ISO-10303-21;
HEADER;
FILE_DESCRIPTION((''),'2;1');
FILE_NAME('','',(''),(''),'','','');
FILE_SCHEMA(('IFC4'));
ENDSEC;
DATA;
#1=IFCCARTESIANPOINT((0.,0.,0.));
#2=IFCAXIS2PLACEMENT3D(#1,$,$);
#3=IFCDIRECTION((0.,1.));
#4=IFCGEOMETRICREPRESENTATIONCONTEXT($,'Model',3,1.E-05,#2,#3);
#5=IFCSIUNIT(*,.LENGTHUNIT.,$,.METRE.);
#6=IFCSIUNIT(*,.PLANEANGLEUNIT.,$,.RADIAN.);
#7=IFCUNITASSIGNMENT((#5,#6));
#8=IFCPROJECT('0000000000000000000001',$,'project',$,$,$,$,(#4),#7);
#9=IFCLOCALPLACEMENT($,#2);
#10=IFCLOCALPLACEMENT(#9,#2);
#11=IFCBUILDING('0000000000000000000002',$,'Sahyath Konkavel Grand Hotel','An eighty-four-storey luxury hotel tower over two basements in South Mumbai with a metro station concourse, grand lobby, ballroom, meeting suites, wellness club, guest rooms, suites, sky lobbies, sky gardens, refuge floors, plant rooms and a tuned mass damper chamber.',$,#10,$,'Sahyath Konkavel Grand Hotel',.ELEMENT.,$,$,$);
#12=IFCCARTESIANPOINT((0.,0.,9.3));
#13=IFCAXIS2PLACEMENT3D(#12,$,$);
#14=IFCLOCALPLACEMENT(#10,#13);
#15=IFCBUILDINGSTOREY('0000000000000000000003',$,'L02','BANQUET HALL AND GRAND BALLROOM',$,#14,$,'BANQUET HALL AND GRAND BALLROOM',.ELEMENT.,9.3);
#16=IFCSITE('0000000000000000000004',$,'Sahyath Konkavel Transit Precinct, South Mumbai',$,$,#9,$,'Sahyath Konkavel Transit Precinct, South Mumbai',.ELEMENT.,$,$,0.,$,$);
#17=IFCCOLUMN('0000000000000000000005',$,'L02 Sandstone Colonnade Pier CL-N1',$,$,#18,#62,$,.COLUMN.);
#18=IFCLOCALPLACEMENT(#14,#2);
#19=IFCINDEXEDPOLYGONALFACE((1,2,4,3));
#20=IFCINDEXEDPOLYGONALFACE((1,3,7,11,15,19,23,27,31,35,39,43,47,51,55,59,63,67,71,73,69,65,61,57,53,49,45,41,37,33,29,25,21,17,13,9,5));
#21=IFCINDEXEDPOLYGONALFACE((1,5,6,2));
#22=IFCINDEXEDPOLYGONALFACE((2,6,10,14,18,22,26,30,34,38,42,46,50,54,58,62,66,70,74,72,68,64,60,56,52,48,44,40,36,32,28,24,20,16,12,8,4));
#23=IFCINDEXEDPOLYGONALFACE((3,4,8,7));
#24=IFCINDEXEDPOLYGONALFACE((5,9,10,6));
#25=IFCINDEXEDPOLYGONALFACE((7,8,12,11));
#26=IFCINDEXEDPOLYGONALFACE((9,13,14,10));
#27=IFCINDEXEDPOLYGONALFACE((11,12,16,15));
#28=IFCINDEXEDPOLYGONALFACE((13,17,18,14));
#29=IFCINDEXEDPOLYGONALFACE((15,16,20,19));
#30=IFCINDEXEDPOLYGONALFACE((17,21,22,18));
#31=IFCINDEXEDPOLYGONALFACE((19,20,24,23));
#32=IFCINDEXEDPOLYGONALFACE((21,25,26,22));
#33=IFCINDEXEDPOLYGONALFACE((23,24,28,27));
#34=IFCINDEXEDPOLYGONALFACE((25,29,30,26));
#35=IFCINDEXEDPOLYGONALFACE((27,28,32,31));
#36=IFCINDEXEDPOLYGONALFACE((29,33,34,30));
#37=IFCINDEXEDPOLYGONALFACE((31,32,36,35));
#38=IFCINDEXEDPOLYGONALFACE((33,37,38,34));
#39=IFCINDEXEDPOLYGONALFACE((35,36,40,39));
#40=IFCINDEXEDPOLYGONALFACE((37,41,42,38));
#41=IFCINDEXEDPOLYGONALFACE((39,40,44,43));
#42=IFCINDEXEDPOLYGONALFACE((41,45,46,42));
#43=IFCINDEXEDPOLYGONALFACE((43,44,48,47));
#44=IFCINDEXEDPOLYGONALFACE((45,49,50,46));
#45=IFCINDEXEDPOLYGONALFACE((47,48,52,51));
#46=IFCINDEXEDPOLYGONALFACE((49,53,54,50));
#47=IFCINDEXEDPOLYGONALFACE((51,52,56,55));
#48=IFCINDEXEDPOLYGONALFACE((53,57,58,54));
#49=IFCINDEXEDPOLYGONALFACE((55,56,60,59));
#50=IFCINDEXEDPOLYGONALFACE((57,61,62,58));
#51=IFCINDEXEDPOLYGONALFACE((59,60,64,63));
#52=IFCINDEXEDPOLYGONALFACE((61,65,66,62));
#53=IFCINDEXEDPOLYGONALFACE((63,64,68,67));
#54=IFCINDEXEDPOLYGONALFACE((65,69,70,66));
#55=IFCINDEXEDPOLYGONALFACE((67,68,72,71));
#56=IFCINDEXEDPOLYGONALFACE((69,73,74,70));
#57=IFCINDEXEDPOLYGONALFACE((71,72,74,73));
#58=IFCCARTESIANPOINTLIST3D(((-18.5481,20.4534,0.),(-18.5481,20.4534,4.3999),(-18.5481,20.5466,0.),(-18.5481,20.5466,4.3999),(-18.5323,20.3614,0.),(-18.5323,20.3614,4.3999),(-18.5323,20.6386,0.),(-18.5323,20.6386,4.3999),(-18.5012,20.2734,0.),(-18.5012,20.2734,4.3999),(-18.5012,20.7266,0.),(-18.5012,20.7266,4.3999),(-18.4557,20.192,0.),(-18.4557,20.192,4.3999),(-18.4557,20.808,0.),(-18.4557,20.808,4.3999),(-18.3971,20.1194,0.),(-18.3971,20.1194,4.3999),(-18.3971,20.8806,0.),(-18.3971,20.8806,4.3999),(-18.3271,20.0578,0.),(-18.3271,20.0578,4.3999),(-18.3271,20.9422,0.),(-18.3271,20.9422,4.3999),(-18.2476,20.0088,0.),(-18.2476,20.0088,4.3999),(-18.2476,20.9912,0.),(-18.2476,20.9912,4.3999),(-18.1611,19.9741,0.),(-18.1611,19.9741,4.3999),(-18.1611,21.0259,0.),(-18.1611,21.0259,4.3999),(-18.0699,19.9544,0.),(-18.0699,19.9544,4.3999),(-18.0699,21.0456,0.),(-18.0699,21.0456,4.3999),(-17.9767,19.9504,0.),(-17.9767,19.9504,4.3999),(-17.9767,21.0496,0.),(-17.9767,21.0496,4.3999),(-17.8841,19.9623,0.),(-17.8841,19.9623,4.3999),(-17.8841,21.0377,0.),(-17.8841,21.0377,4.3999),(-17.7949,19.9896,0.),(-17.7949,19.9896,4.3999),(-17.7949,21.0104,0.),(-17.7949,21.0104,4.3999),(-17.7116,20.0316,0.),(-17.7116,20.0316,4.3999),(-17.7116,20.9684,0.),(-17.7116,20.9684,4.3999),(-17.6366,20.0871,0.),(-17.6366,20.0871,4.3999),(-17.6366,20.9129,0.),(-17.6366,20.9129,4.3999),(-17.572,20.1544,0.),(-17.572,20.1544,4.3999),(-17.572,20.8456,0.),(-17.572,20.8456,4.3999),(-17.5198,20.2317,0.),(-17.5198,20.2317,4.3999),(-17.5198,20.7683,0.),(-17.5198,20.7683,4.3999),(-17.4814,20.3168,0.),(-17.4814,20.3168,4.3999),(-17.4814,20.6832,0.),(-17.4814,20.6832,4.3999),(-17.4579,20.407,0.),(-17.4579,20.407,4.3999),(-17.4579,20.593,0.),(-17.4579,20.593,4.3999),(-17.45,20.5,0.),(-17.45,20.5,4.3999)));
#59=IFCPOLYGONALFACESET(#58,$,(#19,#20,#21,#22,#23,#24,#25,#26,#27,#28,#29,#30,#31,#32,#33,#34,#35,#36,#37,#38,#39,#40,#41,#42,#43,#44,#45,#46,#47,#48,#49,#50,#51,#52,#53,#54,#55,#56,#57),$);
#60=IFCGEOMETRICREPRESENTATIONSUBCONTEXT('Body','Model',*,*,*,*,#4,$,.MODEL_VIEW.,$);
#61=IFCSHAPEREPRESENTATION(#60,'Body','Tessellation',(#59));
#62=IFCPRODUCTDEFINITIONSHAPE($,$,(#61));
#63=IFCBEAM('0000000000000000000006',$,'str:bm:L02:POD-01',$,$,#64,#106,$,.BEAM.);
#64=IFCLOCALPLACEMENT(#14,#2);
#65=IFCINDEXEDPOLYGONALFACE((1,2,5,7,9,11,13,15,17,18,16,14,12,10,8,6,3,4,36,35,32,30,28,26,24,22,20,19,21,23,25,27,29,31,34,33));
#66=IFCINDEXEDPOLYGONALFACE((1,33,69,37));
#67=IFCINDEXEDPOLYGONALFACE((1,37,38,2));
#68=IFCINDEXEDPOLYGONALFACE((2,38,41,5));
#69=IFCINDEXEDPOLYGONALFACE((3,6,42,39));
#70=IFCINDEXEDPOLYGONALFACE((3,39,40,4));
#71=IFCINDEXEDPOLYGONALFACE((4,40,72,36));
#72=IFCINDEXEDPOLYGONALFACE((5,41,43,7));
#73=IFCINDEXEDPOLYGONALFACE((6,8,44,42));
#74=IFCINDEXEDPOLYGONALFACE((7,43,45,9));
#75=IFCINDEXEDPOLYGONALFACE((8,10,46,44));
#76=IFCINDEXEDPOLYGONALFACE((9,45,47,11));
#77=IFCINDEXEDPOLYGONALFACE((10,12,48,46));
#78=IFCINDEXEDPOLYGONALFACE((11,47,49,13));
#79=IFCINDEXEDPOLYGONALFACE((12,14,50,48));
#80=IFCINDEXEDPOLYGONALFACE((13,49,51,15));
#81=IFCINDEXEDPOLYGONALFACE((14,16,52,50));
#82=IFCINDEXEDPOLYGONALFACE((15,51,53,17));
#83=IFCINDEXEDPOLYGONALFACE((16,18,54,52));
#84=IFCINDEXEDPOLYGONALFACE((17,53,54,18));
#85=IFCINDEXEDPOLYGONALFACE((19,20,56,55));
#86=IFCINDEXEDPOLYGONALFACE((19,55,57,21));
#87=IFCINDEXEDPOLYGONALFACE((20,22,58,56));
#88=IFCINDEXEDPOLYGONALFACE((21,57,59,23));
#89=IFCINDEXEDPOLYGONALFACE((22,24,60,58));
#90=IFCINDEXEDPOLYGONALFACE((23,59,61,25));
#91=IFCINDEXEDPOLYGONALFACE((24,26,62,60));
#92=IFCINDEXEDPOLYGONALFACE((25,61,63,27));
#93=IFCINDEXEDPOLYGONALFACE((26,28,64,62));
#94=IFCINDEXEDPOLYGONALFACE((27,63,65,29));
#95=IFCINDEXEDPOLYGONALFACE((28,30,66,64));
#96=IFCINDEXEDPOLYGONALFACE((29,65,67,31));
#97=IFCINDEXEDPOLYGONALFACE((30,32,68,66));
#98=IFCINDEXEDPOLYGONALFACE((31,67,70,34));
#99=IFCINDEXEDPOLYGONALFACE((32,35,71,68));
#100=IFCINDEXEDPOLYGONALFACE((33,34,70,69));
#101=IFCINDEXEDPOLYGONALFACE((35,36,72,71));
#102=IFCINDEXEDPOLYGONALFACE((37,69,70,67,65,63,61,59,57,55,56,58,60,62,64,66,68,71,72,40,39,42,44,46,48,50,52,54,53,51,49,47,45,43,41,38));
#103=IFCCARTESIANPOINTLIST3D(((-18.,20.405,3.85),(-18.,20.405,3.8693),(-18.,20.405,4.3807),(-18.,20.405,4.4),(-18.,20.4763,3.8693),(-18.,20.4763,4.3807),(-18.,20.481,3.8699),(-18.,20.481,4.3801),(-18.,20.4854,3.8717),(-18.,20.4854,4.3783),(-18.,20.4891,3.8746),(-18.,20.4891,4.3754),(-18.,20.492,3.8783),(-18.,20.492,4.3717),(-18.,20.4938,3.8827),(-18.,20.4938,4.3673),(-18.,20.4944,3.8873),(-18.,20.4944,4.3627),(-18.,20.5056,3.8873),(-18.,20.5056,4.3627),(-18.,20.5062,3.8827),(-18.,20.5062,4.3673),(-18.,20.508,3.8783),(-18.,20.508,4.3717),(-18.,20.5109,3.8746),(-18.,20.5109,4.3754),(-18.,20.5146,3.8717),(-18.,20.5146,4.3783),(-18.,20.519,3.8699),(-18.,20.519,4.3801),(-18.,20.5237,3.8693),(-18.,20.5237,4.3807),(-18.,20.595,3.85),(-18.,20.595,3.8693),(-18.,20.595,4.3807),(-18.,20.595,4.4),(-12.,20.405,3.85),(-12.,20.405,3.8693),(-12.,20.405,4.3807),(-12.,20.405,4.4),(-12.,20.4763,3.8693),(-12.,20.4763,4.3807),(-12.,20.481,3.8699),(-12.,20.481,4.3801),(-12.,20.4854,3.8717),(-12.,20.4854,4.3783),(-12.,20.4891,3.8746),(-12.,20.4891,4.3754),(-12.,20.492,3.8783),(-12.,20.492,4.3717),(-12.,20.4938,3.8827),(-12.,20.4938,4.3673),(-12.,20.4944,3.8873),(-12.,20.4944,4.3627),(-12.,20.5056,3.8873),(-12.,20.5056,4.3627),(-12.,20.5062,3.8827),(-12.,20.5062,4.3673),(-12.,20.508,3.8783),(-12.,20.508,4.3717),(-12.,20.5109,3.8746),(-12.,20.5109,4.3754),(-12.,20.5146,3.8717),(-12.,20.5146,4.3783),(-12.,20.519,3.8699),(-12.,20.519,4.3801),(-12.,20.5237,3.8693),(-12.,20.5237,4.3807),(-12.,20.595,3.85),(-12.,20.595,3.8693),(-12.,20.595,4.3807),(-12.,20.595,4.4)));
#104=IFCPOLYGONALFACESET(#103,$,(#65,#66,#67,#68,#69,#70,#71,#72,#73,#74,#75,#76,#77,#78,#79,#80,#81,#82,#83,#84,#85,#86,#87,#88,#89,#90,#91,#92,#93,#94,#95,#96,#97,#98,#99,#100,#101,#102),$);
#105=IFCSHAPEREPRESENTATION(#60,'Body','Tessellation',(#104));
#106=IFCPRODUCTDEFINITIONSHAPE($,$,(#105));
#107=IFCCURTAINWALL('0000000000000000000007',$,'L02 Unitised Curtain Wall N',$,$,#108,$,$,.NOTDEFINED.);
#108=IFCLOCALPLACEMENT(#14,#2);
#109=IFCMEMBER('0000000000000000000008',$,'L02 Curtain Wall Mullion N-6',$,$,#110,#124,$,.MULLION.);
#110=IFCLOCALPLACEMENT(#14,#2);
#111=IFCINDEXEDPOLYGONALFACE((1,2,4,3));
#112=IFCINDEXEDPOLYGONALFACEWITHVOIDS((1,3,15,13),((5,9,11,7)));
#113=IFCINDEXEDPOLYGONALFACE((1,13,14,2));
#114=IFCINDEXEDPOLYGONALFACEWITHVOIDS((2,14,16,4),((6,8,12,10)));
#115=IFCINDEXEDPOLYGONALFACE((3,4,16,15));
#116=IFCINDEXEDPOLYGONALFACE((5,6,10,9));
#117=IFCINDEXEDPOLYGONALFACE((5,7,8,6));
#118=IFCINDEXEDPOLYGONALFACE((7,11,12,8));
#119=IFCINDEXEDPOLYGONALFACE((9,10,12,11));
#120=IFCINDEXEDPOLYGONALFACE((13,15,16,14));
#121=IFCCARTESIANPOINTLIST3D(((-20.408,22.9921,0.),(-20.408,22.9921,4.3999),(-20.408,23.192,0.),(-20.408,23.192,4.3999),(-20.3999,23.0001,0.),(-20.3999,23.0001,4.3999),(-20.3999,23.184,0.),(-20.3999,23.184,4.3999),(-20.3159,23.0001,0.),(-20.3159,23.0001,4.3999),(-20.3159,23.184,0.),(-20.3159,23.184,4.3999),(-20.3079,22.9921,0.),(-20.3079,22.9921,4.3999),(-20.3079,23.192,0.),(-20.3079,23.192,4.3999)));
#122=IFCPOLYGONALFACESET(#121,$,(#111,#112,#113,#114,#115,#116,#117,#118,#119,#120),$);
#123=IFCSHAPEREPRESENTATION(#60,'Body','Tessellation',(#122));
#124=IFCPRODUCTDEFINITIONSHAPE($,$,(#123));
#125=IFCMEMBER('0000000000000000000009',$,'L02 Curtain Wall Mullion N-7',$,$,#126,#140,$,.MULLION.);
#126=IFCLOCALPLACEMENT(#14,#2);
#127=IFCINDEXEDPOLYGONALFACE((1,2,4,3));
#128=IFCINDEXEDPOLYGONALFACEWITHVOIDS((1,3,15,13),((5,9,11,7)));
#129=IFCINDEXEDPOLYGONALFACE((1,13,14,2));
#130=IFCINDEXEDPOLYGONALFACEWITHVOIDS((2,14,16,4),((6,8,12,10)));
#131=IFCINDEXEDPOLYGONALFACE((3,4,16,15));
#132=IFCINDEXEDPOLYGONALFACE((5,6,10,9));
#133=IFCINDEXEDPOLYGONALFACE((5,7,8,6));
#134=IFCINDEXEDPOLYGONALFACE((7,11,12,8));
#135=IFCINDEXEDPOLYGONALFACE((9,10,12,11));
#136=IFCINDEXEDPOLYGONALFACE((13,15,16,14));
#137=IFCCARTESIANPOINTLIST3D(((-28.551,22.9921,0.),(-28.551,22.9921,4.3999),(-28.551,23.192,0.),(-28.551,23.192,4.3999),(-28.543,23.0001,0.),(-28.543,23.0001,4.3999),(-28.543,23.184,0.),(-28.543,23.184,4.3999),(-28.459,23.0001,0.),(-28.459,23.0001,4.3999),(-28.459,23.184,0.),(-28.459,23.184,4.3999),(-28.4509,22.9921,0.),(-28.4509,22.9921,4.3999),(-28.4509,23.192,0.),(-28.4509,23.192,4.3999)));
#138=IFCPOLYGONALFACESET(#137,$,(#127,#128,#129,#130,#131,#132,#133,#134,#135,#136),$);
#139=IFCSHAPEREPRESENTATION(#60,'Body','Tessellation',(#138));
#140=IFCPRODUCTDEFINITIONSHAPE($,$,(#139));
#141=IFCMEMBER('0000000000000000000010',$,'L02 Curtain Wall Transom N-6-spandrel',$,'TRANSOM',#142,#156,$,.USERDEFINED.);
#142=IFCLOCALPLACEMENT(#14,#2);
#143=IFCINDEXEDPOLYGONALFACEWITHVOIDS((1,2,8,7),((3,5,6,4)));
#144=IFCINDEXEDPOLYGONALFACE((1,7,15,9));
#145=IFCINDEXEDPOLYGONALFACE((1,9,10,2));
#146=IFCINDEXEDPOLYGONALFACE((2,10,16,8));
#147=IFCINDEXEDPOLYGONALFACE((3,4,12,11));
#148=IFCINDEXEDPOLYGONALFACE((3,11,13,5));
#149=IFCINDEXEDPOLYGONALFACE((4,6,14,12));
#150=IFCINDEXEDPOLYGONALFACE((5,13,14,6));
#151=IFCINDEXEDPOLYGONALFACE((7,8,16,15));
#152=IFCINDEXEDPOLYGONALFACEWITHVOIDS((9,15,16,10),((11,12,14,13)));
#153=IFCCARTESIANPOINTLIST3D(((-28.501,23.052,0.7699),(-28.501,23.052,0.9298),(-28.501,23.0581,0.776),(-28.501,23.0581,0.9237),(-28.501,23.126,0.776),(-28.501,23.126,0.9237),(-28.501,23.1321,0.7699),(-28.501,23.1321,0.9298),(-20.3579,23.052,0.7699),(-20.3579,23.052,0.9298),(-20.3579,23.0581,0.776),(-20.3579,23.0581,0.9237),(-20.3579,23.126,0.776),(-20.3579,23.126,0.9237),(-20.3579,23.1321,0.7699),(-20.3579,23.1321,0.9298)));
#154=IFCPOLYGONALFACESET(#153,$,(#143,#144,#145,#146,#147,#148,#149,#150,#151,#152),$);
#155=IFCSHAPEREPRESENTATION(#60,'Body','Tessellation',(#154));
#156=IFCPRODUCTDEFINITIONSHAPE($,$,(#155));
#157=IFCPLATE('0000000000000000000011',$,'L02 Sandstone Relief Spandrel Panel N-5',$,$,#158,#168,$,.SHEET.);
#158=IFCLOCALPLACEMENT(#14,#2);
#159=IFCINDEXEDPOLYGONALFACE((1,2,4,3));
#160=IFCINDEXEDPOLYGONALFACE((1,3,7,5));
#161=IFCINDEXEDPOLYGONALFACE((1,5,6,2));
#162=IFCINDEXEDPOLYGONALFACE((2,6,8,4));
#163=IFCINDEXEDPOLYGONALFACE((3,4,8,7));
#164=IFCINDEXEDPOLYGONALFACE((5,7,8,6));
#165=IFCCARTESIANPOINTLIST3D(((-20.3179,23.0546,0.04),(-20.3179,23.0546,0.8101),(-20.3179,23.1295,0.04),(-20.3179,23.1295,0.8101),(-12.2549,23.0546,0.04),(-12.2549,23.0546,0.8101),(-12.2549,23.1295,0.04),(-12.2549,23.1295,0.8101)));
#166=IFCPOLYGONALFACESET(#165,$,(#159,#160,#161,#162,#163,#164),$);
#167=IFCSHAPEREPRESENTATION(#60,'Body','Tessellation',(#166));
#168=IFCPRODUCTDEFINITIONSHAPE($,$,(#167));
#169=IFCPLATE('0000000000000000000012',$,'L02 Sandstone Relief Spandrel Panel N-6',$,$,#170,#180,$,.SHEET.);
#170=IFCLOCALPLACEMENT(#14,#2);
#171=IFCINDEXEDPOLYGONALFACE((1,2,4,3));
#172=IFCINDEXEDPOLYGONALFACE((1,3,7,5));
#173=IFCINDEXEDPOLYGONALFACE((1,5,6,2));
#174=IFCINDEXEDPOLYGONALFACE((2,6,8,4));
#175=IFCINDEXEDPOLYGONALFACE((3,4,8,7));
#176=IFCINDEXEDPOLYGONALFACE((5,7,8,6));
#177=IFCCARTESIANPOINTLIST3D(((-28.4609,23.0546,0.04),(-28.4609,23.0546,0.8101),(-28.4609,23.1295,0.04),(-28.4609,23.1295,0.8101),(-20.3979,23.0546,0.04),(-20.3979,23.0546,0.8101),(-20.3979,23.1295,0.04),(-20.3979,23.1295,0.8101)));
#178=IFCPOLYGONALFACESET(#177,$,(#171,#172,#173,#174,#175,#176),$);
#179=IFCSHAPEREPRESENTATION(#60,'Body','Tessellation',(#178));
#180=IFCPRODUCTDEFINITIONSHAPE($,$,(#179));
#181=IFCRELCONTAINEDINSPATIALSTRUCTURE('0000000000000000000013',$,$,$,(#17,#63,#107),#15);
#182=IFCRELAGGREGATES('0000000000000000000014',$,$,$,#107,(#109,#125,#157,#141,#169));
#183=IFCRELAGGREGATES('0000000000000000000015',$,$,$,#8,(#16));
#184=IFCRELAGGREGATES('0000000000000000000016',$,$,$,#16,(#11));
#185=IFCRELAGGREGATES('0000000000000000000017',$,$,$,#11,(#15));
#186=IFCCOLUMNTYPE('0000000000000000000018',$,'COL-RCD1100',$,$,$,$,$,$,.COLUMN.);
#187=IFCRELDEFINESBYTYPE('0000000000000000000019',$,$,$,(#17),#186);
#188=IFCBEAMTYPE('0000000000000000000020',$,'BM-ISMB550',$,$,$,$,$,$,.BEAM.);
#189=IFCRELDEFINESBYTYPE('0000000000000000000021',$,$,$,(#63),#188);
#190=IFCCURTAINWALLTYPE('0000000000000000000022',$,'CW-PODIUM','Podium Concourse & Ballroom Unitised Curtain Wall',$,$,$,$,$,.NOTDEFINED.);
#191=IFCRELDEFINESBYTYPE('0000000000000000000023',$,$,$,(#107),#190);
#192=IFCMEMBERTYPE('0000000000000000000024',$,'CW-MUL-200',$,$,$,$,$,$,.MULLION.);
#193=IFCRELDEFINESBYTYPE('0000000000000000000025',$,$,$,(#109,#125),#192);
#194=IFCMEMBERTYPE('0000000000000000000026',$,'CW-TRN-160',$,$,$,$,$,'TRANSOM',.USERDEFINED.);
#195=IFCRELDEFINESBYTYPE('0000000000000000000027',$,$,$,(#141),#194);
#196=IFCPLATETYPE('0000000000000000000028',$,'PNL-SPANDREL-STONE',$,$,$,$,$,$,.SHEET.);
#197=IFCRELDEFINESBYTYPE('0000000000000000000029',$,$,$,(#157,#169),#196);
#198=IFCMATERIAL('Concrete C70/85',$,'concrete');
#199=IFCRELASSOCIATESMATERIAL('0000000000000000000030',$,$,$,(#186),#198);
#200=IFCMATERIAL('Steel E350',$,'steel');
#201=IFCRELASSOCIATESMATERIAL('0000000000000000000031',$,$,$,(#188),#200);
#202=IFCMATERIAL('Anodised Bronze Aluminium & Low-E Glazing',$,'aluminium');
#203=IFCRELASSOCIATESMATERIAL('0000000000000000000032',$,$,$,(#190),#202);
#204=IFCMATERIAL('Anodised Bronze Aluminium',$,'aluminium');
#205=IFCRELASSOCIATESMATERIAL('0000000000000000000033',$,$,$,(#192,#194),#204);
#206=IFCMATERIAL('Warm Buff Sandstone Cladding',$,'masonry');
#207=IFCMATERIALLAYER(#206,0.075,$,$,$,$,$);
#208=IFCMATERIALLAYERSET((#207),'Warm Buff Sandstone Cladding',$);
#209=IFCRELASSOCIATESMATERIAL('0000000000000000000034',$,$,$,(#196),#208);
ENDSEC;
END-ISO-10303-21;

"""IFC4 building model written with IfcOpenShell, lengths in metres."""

from ifc_helpers import new_model, si_unit, direction, frame, origin, origin_2d, place, context, subcontext, project, spatial, rectangle, hollow_rectangle, circle, i_section, extrude, source, transform, mapped, material, layer, layer_set, material_profile, profile_set, type_object, element, aggregate, save


model = new_model("IFC4")

# Units and contexts
model_context = context("Model", 3, precision=1e-05, world=origin(), true_north=direction((0.0, 1.0)))
body_context = subcontext(model_context, "Body", "Model", "MODEL_VIEW")
ifc_project = project(units=[si_unit("LENGTHUNIT", "METRE"), si_unit("PLANEANGLEUNIT", "RADIAN")], contexts=[model_context])

# Site, building, storey
site_placement = place(None, origin())
site = spatial("IfcSite", under=ifc_project, at=site_placement, Name="Sahyath Konkavel Transit Precinct, South Mumbai", LongName="Sahyath Konkavel Transit Precinct, South Mumbai", CompositionType="ELEMENT", RefElevation=0.0)
building_placement = place(site_placement, origin())
building = spatial("IfcBuilding", under=site, at=building_placement, Name="Sahyath Konkavel Grand Hotel", Description="An eighty-four-storey luxury hotel tower over two basements in South Mumbai with a metro station concourse, grand lobby, ballroom, meeting suites, wellness club, guest rooms, suites, sky lobbies, sky gardens, refuge floors, plant rooms and a tuned mass damper chamber.", LongName="Sahyath Konkavel Grand Hotel", CompositionType="ELEMENT")
storey_placement = place(building_placement, frame((0.0, 0.0, 9.3)))
storey = spatial("IfcBuildingStorey", under=building, at=storey_placement, Name="L02", Description="BANQUET HALL AND GRAND BALLROOM", LongName="BANQUET HALL AND GRAND BALLROOM", CompositionType="ELEMENT", Elevation=9.3)

# Column
ifc_material_1 = material(Name="Concrete C70/85", Category="concrete")
ifc_material_profile_1 = material_profile(ifc_material_1, circle(Radius=0.55, at=origin_2d()), Name="RC D1100")
ifc_profile_set_1 = profile_set([ifc_material_profile_1], Name="Concrete C70/85")
column_type = type_object("IfcColumnType", Name="COL-RCD1100", PredefinedType="COLUMN", material=ifc_profile_set_1)
shared_shape_1 = source(origin(), body_context, "Body", "SweptSolid", [
    extrude(circle(Radius=0.55, at=origin_2d()), origin(), (0.0, 0.0, 1.0), 4.3999),
])
column_placement = place(storey_placement, frame((-18.0, 20.5, 0.0), z_axis=(0.0, 0.0, 1.0), x_axis=(1.0, 0.0, 0.0)))
element("IfcColumn", 1, at=column_placement, inside=storey, type_object=column_type, Name="L02 Sandstone Colonnade Pier CL-N1", PredefinedType="COLUMN", context=body_context, shape_type="MappedRepresentation", body=[
    mapped(shared_shape_1, transform((0.0, 0.0, 0.0), scale=1.0)),
])

# Beam
ifc_material_2 = material(Name="Steel E350", Category="steel")
ifc_material_profile_2 = material_profile(ifc_material_2, i_section(OverallWidth=0.1899, OverallDepth=0.55, WebThickness=0.0112, FlangeThickness=0.0193, FilletRadius=0.0181, at=origin_2d()), Name="ISMB 550")
ifc_profile_set_2 = profile_set([ifc_material_profile_2], Name="Steel E350")
beam_type = type_object("IfcBeamType", Name="BM-ISMB550", PredefinedType="BEAM", material=ifc_profile_set_2)
shared_shape_2 = source(origin(), body_context, "Body", "SweptSolid", [
    extrude(i_section(OverallWidth=0.1899, OverallDepth=0.55, WebThickness=0.0112, FlangeThickness=0.0193, FilletRadius=0.0181, at=origin_2d()), origin(), (0.0, 0.0, 1.0), 6.0),
])
beam_placement = place(storey_placement, frame((-18.0, 20.5, 4.125), z_axis=(1.0, 0.0, 0.0), x_axis=(0.0, 1.0, 0.0)))
element("IfcBeam", 2, at=beam_placement, inside=storey, type_object=beam_type, Name="str:bm:L02:POD-01", PredefinedType="BEAM", context=body_context, shape_type="MappedRepresentation", body=[
    mapped(shared_shape_2, transform((0.0, 0.0, 0.0), scale=1.0)),
])

# Curtain wall, members, plates
ifc_material_3 = material(Name="Anodised Bronze Aluminium & Low-E Glazing", Category="aluminium")
curtain_wall_type = type_object("IfcCurtainWallType", Name="CW-PODIUM", Description="Podium Concourse & Ballroom Unitised Curtain Wall", PredefinedType="NOTDEFINED", material=ifc_material_3)
curtain_wall_placement = place(storey_placement, origin())
curtain_wall = element("IfcCurtainWall", 3, at=curtain_wall_placement, inside=storey, type_object=curtain_wall_type, Name="L02 Unitised Curtain Wall N", PredefinedType="NOTDEFINED")
ifc_material_4 = material(Name="Anodised Bronze Aluminium", Category="aluminium")
ifc_material_profile_3 = material_profile(ifc_material_4, hollow_rectangle(XDim=0.1001, YDim=0.2, WallThickness=0.0081, at=origin_2d()), Name="RHS 200x100x8")
ifc_profile_set_3 = profile_set([ifc_material_profile_3], Name="Anodised Bronze Aluminium")
member_type_1 = type_object("IfcMemberType", Name="CW-MUL-200", PredefinedType="MULLION", material=ifc_profile_set_3)
shared_shape_3 = source(origin(), body_context, "Body", "SweptSolid", [
    extrude(hollow_rectangle(XDim=0.1001, YDim=0.2, WallThickness=0.0081, at=origin_2d()), origin(), (0.0, 0.0, 1.0), 4.3999),
])
member_1_placement = place(storey_placement, frame((-20.3579, 23.092, 0.0), z_axis=(0.0, 0.0, 1.0), x_axis=(1.0, 0.0, 0.0)))
member_1 = element("IfcMember", 4, at=member_1_placement, type_object=member_type_1, Name="L02 Curtain Wall Mullion N-6", PredefinedType="MULLION", context=body_context, shape_type="MappedRepresentation", body=[
    mapped(shared_shape_3, transform((0.0, 0.0, 0.0), scale=1.0)),
])
member_2_placement = place(storey_placement, frame((-28.501, 23.092, 0.0), z_axis=(0.0, 0.0, 1.0), x_axis=(1.0, 0.0, 0.0)))
member_2 = element("IfcMember", 5, at=member_2_placement, type_object=member_type_1, Name="L02 Curtain Wall Mullion N-7", PredefinedType="MULLION", context=body_context, shape_type="MappedRepresentation", body=[
    mapped(shared_shape_3, transform((0.0, 0.0, 0.0), scale=1.0)),
])
ifc_material_profile_4 = material_profile(ifc_material_4, hollow_rectangle(XDim=0.0801, YDim=0.1599, WallThickness=0.0061, at=origin_2d()), Name="RHS 160x80x6")
ifc_profile_set_4 = profile_set([ifc_material_profile_4], Name="Anodised Bronze Aluminium")
member_type_2 = type_object("IfcMemberType", Name="CW-TRN-160", ElementType="TRANSOM", PredefinedType="USERDEFINED", material=ifc_profile_set_4)
shared_shape_4 = source(origin(), body_context, "Body", "SweptSolid", [
    extrude(hollow_rectangle(XDim=0.0801, YDim=0.1599, WallThickness=0.0061, at=origin_2d()), origin(), (0.0, 0.0, 1.0), 8.1431),
])
member_3_placement = place(storey_placement, frame((-20.3579, 23.092, 0.8499), z_axis=(-1.0, 0.0, 0.0), x_axis=(0.0, -1.0, 0.0)))
member_3 = element("IfcMember", 6, at=member_3_placement, type_object=member_type_2, Name="L02 Curtain Wall Transom N-6-spandrel", ObjectType="TRANSOM", PredefinedType="USERDEFINED", context=body_context, shape_type="MappedRepresentation", body=[
    mapped(shared_shape_4, transform((0.0, 0.0, 0.0), scale=1.0)),
])
ifc_material_5 = material(Name="Warm Buff Sandstone Cladding", Category="masonry")
ifc_layer_1 = layer(ifc_material_5, 0.075)
ifc_layer_set_1 = layer_set([ifc_layer_1], Name="Warm Buff Sandstone Cladding")
plate_type_1 = type_object("IfcPlateType", Name="PNL-SPANDREL-STONE", PredefinedType="SHEET", material=ifc_layer_set_1)
shared_shape_5 = source(origin(), body_context, "Body", "SweptSolid", [
    extrude(rectangle(XDim=8.063, YDim=0.075, at=origin_2d()), origin(), (0.0, 0.0, 1.0), 0.77),
])
plate_1_placement = place(storey_placement, frame((-16.2864, 23.092, 0.04), z_axis=(0.0, 0.0, 1.0), x_axis=(-1.0, 0.0, 0.0)))
plate_1 = element("IfcPlate", 7, at=plate_1_placement, type_object=plate_type_1, Name="L02 Sandstone Relief Spandrel Panel N-5", PredefinedType="SHEET", context=body_context, shape_type="MappedRepresentation", body=[
    mapped(shared_shape_5, transform((0.0, 0.0, 0.0), scale=1.0)),
])
plate_2_placement = place(storey_placement, frame((-24.4294, 23.092, 0.04), z_axis=(0.0, 0.0, 1.0), x_axis=(-1.0, 0.0, 0.0)))
plate_2 = element("IfcPlate", 8, at=plate_2_placement, type_object=plate_type_1, Name="L02 Sandstone Relief Spandrel Panel N-6", PredefinedType="SHEET", context=body_context, shape_type="MappedRepresentation", body=[
    mapped(shared_shape_5, transform((0.0, 0.0, 0.0), scale=1.0)),
])
aggregate(curtain_wall, [member_1, member_2, plate_1, member_3, plate_2])

save(model, "model.ifc")
